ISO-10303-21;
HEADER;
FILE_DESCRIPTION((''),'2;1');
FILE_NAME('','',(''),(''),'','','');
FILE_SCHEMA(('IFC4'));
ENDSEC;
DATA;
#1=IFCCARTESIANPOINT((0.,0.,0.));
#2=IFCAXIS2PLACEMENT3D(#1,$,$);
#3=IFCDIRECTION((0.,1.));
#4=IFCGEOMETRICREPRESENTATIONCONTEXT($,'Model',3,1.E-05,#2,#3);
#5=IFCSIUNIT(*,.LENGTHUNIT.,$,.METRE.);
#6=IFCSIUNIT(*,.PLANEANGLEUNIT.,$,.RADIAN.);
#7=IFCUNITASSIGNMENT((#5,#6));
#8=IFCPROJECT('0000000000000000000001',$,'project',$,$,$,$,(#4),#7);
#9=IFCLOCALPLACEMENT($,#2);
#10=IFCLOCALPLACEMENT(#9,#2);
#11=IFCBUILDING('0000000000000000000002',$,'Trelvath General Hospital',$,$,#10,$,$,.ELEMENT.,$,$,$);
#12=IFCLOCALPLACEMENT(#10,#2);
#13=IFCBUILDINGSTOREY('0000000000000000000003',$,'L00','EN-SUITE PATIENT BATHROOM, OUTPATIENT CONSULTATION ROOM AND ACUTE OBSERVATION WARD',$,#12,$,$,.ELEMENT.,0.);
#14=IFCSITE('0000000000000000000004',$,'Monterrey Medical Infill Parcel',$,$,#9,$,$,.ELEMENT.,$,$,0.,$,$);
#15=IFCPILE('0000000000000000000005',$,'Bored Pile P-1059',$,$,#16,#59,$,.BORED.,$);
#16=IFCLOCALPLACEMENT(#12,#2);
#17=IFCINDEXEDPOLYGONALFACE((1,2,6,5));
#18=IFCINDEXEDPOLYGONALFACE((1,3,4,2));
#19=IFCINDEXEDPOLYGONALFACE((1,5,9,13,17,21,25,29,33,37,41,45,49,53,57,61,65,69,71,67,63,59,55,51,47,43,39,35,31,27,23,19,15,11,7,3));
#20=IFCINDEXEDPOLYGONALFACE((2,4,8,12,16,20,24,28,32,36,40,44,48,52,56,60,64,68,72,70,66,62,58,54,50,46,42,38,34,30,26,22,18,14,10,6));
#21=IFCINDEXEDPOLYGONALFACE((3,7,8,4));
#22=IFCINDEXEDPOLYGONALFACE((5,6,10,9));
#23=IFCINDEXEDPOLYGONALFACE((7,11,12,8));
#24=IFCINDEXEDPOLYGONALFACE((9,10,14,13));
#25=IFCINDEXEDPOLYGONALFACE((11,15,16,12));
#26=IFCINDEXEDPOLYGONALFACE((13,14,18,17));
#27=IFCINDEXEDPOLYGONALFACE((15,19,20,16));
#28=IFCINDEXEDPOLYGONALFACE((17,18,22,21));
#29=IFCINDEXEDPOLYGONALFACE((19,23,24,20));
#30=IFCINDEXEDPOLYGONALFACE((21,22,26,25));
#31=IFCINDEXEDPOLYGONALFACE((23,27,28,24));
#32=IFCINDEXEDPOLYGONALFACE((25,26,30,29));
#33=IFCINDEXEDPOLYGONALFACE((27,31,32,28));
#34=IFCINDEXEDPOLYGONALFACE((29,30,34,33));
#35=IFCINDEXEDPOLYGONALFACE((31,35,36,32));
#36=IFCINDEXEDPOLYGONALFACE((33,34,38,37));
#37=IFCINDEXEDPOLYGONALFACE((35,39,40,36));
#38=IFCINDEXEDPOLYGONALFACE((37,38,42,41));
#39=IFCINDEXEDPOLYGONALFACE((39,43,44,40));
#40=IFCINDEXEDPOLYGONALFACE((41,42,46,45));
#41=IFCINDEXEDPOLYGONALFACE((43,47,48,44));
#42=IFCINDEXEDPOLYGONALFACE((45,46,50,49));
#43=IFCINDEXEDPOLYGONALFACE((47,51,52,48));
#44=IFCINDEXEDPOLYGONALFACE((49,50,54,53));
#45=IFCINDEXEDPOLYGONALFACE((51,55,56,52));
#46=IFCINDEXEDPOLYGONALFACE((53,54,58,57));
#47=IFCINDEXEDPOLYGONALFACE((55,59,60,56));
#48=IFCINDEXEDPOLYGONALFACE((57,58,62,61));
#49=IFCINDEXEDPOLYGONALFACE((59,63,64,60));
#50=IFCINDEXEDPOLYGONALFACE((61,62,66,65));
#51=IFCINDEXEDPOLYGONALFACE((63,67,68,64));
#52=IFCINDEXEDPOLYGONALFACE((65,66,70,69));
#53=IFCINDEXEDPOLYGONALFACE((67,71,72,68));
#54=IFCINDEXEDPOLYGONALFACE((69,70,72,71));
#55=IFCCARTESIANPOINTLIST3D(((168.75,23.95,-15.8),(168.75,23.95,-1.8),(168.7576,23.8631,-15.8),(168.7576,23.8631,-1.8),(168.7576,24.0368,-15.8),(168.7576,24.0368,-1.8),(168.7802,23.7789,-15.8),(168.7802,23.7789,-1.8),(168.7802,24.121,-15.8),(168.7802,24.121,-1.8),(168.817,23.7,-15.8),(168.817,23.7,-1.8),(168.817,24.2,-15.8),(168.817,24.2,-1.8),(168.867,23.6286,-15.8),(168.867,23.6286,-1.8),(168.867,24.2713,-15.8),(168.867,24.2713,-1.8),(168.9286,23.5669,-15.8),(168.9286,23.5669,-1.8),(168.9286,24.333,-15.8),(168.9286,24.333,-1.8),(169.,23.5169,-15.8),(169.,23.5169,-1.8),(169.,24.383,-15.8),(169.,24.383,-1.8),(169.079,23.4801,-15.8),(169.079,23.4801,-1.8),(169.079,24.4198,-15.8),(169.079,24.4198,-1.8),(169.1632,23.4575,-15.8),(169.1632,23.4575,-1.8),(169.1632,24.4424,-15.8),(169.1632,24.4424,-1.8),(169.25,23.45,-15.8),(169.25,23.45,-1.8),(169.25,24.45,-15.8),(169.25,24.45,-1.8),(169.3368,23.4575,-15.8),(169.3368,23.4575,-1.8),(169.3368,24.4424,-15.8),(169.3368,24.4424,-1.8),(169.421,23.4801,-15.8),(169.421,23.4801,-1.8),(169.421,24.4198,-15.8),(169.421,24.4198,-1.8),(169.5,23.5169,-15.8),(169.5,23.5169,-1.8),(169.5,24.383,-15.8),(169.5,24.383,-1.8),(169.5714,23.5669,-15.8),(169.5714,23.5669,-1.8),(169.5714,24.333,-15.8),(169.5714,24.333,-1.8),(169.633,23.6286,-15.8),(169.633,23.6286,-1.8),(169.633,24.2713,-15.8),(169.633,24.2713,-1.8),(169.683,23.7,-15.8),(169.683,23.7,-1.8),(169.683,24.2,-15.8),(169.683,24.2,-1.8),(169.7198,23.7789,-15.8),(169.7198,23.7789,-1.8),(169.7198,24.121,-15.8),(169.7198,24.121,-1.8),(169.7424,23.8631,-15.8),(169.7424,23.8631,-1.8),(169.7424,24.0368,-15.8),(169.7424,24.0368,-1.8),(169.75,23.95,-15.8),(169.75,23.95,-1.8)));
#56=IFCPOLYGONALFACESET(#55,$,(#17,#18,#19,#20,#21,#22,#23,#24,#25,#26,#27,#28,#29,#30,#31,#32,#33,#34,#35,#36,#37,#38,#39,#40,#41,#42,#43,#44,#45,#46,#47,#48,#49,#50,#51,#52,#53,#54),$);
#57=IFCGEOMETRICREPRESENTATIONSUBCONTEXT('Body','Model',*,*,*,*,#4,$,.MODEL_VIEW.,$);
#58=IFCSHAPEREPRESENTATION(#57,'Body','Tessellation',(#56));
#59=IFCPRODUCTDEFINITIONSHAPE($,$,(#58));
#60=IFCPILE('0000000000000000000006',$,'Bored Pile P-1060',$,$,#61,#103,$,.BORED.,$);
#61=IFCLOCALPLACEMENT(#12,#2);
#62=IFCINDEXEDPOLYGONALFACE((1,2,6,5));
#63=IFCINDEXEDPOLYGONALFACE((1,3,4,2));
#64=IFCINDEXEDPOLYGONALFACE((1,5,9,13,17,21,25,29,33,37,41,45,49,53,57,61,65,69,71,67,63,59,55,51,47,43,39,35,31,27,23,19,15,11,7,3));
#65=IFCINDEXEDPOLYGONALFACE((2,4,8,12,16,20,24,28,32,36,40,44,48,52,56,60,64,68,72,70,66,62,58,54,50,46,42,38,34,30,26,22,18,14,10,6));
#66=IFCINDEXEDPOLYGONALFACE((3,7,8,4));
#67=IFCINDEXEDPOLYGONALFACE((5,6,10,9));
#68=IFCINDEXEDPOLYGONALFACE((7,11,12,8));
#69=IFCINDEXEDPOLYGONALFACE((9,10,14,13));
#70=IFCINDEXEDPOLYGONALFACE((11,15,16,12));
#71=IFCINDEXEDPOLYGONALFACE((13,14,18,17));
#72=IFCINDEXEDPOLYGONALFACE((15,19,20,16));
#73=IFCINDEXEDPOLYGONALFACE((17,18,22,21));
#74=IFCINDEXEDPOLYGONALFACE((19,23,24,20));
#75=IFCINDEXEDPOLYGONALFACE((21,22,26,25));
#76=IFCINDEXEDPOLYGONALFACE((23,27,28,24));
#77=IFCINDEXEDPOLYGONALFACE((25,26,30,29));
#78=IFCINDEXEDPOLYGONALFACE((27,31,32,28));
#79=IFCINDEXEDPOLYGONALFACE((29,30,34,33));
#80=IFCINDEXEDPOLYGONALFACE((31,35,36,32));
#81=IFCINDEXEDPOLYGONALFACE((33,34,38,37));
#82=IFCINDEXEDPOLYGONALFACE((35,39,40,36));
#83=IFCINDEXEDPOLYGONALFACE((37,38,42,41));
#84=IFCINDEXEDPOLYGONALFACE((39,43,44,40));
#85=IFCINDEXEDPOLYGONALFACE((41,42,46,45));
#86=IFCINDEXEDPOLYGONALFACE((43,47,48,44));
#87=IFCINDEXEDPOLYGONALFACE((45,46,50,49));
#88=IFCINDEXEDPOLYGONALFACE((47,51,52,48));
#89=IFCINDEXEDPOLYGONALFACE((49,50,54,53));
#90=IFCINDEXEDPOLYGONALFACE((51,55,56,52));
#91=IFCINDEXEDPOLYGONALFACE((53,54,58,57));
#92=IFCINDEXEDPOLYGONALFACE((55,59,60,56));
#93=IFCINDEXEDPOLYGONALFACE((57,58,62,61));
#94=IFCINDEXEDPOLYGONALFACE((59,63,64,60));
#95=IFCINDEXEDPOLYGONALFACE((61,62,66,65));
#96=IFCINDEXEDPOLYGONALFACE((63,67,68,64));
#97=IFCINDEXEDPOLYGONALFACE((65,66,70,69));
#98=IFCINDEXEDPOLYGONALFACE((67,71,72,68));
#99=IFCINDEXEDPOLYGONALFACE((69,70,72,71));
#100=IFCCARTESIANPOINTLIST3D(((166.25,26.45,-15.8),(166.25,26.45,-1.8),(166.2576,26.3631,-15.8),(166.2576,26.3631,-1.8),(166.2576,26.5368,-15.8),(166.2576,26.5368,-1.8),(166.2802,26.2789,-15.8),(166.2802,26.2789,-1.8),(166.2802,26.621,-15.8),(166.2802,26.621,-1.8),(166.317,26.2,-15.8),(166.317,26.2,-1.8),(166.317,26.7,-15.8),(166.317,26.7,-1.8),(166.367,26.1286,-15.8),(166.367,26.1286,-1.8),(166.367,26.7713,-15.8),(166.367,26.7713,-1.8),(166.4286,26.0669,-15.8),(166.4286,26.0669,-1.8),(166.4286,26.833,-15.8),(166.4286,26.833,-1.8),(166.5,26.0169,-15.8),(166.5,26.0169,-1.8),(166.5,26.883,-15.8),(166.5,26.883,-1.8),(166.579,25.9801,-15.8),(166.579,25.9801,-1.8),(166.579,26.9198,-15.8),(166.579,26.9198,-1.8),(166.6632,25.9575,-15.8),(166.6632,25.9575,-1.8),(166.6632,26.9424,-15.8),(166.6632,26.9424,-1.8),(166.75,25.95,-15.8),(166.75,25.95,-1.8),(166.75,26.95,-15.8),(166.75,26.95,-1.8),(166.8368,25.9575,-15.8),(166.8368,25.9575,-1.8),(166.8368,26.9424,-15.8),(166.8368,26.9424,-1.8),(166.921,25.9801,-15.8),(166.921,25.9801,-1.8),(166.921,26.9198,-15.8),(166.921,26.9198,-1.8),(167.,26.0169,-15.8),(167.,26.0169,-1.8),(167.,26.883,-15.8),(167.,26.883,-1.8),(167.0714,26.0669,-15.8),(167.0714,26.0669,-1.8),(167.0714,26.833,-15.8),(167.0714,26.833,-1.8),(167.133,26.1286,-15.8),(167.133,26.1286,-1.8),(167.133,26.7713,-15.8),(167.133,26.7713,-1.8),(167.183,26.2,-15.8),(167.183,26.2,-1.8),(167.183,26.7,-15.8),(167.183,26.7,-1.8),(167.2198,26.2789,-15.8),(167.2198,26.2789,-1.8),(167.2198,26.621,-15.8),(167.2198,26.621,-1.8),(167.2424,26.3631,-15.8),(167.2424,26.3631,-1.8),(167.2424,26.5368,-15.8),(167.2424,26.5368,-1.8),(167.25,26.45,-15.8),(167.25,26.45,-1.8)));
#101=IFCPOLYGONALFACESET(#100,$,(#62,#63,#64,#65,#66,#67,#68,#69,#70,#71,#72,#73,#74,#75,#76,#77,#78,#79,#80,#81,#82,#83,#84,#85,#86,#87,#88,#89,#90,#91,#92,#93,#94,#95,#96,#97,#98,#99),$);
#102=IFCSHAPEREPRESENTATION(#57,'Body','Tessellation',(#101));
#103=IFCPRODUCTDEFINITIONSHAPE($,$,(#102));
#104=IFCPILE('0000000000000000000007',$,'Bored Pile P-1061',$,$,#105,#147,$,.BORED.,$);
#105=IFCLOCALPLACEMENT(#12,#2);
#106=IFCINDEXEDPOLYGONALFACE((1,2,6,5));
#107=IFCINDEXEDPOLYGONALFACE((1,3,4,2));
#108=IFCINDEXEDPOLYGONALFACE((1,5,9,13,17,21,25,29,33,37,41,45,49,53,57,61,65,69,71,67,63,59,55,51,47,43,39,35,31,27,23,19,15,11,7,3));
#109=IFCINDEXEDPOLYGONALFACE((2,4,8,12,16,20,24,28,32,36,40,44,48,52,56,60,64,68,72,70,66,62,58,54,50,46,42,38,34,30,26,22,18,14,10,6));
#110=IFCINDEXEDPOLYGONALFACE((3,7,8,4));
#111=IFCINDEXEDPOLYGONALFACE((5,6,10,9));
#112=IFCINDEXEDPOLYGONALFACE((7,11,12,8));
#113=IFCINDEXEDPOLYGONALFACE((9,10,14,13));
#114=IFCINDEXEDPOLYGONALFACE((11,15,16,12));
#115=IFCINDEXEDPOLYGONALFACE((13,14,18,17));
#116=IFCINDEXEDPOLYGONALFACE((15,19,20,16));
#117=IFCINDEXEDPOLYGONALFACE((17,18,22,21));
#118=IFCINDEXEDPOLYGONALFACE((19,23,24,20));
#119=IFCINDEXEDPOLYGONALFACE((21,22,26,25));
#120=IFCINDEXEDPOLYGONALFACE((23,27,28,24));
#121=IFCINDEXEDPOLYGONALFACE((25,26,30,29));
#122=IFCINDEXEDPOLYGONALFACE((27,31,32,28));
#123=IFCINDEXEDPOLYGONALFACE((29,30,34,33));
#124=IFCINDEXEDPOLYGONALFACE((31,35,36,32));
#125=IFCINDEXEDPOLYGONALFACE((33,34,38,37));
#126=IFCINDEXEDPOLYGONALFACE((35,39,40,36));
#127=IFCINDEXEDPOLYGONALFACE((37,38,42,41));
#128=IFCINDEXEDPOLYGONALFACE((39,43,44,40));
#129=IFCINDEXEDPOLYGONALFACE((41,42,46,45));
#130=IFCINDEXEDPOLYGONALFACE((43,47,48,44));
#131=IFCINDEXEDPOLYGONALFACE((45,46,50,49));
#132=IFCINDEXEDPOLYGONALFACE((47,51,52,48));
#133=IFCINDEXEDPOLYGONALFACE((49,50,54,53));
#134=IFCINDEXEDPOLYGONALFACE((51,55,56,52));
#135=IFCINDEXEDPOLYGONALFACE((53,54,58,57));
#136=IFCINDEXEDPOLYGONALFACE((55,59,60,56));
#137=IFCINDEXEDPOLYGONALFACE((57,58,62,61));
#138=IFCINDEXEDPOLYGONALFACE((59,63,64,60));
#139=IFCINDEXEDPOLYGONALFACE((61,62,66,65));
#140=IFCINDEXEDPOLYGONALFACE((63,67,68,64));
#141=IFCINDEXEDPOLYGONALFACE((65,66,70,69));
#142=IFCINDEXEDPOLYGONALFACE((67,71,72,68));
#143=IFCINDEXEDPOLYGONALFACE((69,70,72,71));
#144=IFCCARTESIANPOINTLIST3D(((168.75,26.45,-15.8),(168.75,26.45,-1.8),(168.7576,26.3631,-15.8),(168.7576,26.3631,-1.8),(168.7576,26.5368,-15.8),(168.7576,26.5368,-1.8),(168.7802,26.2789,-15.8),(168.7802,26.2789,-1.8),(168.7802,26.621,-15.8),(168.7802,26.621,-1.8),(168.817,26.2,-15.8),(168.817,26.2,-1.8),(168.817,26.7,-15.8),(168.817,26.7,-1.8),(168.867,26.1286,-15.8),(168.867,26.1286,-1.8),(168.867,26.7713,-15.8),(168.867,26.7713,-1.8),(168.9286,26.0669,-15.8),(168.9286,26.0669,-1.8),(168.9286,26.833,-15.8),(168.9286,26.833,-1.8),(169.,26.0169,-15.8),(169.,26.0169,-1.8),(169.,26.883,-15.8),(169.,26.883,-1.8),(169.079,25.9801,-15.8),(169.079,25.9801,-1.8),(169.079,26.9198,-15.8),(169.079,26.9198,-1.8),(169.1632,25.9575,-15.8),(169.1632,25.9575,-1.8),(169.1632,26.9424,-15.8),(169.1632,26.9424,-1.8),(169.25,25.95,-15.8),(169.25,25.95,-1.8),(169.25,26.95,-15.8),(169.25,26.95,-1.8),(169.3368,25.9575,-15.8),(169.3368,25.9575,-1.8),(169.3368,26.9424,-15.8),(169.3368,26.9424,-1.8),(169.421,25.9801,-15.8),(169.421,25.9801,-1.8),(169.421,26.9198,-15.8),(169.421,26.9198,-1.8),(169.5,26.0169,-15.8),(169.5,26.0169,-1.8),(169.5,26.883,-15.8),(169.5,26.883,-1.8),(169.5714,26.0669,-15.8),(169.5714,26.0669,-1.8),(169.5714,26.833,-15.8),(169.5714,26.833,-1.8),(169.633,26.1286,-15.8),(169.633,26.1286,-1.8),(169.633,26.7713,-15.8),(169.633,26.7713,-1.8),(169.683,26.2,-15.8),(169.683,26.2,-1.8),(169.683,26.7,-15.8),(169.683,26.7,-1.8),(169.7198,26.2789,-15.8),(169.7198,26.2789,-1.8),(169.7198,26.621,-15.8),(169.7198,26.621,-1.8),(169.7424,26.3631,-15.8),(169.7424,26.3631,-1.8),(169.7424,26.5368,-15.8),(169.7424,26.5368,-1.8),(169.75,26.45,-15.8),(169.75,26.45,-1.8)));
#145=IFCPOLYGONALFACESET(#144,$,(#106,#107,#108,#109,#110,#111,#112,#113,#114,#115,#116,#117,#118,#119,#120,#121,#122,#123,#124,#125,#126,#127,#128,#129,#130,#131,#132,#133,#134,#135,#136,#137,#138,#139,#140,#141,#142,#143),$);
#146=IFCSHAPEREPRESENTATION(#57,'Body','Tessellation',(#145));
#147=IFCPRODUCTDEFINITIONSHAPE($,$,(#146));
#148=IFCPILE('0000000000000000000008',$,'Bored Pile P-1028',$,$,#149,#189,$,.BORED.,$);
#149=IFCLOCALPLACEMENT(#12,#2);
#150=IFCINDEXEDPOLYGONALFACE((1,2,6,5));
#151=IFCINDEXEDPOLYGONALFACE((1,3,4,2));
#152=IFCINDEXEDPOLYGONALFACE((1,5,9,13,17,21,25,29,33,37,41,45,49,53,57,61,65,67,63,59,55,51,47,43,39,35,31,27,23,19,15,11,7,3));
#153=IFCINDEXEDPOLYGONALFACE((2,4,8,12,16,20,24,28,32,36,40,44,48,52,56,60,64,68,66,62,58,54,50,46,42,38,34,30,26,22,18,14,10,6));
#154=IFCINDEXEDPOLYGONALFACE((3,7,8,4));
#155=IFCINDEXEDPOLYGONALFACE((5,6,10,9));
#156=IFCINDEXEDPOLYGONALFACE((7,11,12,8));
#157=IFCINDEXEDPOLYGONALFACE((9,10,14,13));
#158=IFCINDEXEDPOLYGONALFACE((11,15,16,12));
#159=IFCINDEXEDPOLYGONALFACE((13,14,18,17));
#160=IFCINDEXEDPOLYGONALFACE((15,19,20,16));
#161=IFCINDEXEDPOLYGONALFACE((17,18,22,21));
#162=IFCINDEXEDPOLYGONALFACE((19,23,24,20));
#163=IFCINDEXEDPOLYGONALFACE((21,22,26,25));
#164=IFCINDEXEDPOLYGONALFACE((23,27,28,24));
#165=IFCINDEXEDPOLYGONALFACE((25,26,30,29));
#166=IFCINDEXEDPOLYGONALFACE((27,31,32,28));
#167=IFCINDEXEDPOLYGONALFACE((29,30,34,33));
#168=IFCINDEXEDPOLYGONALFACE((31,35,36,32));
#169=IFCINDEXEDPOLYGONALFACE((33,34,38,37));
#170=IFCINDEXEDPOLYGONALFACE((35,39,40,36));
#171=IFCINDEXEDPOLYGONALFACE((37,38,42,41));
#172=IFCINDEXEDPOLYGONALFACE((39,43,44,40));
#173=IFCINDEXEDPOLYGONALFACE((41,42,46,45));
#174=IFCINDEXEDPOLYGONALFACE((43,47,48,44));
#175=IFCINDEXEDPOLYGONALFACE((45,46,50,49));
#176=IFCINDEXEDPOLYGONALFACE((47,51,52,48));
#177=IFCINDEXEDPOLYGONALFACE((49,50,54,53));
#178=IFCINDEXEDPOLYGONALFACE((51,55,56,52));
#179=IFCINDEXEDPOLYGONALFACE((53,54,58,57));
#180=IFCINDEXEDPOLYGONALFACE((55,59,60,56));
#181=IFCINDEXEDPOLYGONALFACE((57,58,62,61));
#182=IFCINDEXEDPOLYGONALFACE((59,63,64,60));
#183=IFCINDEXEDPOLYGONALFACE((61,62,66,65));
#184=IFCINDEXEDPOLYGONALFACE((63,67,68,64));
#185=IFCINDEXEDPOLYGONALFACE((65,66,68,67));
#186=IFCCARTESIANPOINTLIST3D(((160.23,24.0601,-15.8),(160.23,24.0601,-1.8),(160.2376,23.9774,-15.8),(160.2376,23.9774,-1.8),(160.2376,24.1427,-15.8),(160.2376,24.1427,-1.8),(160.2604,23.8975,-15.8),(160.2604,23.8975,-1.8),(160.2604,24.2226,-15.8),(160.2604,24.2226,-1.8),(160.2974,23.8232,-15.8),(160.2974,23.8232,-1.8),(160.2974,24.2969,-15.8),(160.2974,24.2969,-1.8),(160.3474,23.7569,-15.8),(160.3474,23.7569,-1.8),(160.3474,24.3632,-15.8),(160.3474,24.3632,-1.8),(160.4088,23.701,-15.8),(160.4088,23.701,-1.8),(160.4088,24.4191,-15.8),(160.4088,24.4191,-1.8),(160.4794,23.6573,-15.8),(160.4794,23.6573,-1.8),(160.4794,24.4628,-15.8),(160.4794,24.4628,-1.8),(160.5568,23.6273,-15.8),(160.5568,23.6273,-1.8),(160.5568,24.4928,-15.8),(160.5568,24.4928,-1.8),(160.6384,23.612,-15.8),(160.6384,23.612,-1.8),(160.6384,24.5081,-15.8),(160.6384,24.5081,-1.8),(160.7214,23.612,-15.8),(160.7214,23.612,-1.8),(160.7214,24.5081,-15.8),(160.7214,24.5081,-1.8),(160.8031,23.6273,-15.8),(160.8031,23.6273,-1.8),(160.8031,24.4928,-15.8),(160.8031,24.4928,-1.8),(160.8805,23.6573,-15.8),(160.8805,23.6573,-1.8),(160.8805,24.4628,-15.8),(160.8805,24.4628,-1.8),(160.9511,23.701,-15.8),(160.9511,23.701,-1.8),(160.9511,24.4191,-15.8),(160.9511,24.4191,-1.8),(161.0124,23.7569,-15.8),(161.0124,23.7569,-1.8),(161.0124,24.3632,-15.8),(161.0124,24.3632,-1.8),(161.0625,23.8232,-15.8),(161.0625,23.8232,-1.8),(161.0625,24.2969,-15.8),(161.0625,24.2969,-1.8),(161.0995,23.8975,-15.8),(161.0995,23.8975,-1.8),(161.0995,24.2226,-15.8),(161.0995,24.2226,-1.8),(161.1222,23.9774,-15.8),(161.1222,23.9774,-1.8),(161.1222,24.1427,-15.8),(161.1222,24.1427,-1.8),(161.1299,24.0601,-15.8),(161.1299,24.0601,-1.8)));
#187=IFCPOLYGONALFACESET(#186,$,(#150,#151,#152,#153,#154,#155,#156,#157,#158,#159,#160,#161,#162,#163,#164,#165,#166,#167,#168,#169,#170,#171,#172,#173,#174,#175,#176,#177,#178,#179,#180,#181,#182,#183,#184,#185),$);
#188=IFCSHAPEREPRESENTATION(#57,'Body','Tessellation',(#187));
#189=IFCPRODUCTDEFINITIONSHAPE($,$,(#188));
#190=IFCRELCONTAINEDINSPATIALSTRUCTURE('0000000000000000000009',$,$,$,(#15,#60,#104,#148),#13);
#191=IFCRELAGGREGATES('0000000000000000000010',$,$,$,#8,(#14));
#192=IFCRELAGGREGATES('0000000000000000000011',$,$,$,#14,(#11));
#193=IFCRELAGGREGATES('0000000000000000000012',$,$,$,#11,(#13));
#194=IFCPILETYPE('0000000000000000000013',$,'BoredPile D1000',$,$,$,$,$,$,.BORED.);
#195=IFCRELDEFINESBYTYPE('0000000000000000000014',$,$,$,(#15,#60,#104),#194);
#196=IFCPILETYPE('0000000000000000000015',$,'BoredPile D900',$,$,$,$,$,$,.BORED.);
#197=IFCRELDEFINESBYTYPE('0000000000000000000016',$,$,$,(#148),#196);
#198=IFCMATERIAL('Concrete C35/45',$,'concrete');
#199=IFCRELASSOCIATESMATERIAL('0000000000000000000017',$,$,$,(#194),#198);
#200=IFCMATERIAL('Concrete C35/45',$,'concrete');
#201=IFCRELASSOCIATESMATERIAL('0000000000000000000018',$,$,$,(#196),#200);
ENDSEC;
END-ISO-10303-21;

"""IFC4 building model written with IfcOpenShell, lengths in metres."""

from ifc_helpers import new_model, si_unit, direction, frame, origin, origin_2d, place, context, subcontext, project, spatial, circle, extrude, material, material_profile, profile_set, type_object, element, save


model = new_model("IFC4")

# Units and contexts
model_context = context("Model", 3, precision=1e-05, world=origin(), true_north=direction((0.0, 1.0)))
body_context = subcontext(model_context, "Body", "Model", "MODEL_VIEW")
ifc_project = project(units=[si_unit("LENGTHUNIT", "METRE"), si_unit("PLANEANGLEUNIT", "RADIAN")], contexts=[model_context])

# Site, building, storey
site_placement = place(None, origin())
site = spatial("IfcSite", under=ifc_project, at=site_placement, Name="Monterrey Medical Infill Parcel", CompositionType="ELEMENT", RefElevation=0.0)
building_placement = place(site_placement, origin())
building = spatial("IfcBuilding", under=site, at=building_placement, Name="Trelvath General Hospital", CompositionType="ELEMENT")
storey_placement = place(building_placement, origin())
storey = spatial("IfcBuildingStorey", under=building, at=storey_placement, Name="L00", Description="EN-SUITE PATIENT BATHROOM, OUTPATIENT CONSULTATION ROOM AND ACUTE OBSERVATION WARD", CompositionType="ELEMENT", Elevation=0.0)

# Piles
ifc_material_1 = material(Name="Concrete C35/45", Category="concrete")
ifc_material_profile_1 = material_profile(ifc_material_1, circle(Radius=0.5, at=origin_2d()), Name="PILE1000")
ifc_profile_set_1 = profile_set([ifc_material_profile_1], Name="Concrete C35/45")
pile_type_1 = type_object("IfcPileType", Name="BoredPile D1000", PredefinedType="BORED", material=ifc_profile_set_1)
for number, where, z_axis, x_axis, name in (
    (1, (169.25, 23.95, -1.8), (0.0, 0.0, -1.0), (1.0, 0.0, 0.0), "Bored Pile P-1059"),
    (2, (166.75, 26.45, -1.8), (0.0, 0.0, -1.0), (1.0, 0.0, 0.0), "Bored Pile P-1060"),
    (3, (169.25, 26.45, -1.8), (0.0, 0.0, -1.0), (1.0, 0.0, 0.0), "Bored Pile P-1061"),
):
    element("IfcPile", number, at=place(storey_placement, frame(where, z_axis=z_axis, x_axis=x_axis)), inside=storey, type_object=pile_type_1, Name=name, PredefinedType="BORED", context=body_context, shape_type="SweptSolid", body=[
        extrude(circle(Radius=0.5, at=origin_2d()), origin(), (0.0, 0.0, 1.0), 14.0),
    ])
ifc_material_2 = material(Name="Concrete C35/45", Category="concrete")
ifc_material_profile_2 = material_profile(ifc_material_2, circle(Radius=0.45, at=origin_2d()), Name="PILE900")
ifc_profile_set_2 = profile_set([ifc_material_profile_2], Name="Concrete C35/45")
pile_type_2 = type_object("IfcPileType", Name="BoredPile D900", PredefinedType="BORED", material=ifc_profile_set_2)
for number, where, z_axis, x_axis, name in (
    (4, (160.6799, 24.0601, -1.8), (0.0, 0.0, -1.0), (1.0, 0.0, 0.0), "Bored Pile P-1028"),
):
    element("IfcPile", number, at=place(storey_placement, frame(where, z_axis=z_axis, x_axis=x_axis)), inside=storey, type_object=pile_type_2, Name=name, PredefinedType="BORED", context=body_context, shape_type="SweptSolid", body=[
        extrude(circle(Radius=0.45, at=origin_2d()), origin(), (0.0, 0.0, 1.0), 14.0),
    ])

save(model, "model.ifc")
